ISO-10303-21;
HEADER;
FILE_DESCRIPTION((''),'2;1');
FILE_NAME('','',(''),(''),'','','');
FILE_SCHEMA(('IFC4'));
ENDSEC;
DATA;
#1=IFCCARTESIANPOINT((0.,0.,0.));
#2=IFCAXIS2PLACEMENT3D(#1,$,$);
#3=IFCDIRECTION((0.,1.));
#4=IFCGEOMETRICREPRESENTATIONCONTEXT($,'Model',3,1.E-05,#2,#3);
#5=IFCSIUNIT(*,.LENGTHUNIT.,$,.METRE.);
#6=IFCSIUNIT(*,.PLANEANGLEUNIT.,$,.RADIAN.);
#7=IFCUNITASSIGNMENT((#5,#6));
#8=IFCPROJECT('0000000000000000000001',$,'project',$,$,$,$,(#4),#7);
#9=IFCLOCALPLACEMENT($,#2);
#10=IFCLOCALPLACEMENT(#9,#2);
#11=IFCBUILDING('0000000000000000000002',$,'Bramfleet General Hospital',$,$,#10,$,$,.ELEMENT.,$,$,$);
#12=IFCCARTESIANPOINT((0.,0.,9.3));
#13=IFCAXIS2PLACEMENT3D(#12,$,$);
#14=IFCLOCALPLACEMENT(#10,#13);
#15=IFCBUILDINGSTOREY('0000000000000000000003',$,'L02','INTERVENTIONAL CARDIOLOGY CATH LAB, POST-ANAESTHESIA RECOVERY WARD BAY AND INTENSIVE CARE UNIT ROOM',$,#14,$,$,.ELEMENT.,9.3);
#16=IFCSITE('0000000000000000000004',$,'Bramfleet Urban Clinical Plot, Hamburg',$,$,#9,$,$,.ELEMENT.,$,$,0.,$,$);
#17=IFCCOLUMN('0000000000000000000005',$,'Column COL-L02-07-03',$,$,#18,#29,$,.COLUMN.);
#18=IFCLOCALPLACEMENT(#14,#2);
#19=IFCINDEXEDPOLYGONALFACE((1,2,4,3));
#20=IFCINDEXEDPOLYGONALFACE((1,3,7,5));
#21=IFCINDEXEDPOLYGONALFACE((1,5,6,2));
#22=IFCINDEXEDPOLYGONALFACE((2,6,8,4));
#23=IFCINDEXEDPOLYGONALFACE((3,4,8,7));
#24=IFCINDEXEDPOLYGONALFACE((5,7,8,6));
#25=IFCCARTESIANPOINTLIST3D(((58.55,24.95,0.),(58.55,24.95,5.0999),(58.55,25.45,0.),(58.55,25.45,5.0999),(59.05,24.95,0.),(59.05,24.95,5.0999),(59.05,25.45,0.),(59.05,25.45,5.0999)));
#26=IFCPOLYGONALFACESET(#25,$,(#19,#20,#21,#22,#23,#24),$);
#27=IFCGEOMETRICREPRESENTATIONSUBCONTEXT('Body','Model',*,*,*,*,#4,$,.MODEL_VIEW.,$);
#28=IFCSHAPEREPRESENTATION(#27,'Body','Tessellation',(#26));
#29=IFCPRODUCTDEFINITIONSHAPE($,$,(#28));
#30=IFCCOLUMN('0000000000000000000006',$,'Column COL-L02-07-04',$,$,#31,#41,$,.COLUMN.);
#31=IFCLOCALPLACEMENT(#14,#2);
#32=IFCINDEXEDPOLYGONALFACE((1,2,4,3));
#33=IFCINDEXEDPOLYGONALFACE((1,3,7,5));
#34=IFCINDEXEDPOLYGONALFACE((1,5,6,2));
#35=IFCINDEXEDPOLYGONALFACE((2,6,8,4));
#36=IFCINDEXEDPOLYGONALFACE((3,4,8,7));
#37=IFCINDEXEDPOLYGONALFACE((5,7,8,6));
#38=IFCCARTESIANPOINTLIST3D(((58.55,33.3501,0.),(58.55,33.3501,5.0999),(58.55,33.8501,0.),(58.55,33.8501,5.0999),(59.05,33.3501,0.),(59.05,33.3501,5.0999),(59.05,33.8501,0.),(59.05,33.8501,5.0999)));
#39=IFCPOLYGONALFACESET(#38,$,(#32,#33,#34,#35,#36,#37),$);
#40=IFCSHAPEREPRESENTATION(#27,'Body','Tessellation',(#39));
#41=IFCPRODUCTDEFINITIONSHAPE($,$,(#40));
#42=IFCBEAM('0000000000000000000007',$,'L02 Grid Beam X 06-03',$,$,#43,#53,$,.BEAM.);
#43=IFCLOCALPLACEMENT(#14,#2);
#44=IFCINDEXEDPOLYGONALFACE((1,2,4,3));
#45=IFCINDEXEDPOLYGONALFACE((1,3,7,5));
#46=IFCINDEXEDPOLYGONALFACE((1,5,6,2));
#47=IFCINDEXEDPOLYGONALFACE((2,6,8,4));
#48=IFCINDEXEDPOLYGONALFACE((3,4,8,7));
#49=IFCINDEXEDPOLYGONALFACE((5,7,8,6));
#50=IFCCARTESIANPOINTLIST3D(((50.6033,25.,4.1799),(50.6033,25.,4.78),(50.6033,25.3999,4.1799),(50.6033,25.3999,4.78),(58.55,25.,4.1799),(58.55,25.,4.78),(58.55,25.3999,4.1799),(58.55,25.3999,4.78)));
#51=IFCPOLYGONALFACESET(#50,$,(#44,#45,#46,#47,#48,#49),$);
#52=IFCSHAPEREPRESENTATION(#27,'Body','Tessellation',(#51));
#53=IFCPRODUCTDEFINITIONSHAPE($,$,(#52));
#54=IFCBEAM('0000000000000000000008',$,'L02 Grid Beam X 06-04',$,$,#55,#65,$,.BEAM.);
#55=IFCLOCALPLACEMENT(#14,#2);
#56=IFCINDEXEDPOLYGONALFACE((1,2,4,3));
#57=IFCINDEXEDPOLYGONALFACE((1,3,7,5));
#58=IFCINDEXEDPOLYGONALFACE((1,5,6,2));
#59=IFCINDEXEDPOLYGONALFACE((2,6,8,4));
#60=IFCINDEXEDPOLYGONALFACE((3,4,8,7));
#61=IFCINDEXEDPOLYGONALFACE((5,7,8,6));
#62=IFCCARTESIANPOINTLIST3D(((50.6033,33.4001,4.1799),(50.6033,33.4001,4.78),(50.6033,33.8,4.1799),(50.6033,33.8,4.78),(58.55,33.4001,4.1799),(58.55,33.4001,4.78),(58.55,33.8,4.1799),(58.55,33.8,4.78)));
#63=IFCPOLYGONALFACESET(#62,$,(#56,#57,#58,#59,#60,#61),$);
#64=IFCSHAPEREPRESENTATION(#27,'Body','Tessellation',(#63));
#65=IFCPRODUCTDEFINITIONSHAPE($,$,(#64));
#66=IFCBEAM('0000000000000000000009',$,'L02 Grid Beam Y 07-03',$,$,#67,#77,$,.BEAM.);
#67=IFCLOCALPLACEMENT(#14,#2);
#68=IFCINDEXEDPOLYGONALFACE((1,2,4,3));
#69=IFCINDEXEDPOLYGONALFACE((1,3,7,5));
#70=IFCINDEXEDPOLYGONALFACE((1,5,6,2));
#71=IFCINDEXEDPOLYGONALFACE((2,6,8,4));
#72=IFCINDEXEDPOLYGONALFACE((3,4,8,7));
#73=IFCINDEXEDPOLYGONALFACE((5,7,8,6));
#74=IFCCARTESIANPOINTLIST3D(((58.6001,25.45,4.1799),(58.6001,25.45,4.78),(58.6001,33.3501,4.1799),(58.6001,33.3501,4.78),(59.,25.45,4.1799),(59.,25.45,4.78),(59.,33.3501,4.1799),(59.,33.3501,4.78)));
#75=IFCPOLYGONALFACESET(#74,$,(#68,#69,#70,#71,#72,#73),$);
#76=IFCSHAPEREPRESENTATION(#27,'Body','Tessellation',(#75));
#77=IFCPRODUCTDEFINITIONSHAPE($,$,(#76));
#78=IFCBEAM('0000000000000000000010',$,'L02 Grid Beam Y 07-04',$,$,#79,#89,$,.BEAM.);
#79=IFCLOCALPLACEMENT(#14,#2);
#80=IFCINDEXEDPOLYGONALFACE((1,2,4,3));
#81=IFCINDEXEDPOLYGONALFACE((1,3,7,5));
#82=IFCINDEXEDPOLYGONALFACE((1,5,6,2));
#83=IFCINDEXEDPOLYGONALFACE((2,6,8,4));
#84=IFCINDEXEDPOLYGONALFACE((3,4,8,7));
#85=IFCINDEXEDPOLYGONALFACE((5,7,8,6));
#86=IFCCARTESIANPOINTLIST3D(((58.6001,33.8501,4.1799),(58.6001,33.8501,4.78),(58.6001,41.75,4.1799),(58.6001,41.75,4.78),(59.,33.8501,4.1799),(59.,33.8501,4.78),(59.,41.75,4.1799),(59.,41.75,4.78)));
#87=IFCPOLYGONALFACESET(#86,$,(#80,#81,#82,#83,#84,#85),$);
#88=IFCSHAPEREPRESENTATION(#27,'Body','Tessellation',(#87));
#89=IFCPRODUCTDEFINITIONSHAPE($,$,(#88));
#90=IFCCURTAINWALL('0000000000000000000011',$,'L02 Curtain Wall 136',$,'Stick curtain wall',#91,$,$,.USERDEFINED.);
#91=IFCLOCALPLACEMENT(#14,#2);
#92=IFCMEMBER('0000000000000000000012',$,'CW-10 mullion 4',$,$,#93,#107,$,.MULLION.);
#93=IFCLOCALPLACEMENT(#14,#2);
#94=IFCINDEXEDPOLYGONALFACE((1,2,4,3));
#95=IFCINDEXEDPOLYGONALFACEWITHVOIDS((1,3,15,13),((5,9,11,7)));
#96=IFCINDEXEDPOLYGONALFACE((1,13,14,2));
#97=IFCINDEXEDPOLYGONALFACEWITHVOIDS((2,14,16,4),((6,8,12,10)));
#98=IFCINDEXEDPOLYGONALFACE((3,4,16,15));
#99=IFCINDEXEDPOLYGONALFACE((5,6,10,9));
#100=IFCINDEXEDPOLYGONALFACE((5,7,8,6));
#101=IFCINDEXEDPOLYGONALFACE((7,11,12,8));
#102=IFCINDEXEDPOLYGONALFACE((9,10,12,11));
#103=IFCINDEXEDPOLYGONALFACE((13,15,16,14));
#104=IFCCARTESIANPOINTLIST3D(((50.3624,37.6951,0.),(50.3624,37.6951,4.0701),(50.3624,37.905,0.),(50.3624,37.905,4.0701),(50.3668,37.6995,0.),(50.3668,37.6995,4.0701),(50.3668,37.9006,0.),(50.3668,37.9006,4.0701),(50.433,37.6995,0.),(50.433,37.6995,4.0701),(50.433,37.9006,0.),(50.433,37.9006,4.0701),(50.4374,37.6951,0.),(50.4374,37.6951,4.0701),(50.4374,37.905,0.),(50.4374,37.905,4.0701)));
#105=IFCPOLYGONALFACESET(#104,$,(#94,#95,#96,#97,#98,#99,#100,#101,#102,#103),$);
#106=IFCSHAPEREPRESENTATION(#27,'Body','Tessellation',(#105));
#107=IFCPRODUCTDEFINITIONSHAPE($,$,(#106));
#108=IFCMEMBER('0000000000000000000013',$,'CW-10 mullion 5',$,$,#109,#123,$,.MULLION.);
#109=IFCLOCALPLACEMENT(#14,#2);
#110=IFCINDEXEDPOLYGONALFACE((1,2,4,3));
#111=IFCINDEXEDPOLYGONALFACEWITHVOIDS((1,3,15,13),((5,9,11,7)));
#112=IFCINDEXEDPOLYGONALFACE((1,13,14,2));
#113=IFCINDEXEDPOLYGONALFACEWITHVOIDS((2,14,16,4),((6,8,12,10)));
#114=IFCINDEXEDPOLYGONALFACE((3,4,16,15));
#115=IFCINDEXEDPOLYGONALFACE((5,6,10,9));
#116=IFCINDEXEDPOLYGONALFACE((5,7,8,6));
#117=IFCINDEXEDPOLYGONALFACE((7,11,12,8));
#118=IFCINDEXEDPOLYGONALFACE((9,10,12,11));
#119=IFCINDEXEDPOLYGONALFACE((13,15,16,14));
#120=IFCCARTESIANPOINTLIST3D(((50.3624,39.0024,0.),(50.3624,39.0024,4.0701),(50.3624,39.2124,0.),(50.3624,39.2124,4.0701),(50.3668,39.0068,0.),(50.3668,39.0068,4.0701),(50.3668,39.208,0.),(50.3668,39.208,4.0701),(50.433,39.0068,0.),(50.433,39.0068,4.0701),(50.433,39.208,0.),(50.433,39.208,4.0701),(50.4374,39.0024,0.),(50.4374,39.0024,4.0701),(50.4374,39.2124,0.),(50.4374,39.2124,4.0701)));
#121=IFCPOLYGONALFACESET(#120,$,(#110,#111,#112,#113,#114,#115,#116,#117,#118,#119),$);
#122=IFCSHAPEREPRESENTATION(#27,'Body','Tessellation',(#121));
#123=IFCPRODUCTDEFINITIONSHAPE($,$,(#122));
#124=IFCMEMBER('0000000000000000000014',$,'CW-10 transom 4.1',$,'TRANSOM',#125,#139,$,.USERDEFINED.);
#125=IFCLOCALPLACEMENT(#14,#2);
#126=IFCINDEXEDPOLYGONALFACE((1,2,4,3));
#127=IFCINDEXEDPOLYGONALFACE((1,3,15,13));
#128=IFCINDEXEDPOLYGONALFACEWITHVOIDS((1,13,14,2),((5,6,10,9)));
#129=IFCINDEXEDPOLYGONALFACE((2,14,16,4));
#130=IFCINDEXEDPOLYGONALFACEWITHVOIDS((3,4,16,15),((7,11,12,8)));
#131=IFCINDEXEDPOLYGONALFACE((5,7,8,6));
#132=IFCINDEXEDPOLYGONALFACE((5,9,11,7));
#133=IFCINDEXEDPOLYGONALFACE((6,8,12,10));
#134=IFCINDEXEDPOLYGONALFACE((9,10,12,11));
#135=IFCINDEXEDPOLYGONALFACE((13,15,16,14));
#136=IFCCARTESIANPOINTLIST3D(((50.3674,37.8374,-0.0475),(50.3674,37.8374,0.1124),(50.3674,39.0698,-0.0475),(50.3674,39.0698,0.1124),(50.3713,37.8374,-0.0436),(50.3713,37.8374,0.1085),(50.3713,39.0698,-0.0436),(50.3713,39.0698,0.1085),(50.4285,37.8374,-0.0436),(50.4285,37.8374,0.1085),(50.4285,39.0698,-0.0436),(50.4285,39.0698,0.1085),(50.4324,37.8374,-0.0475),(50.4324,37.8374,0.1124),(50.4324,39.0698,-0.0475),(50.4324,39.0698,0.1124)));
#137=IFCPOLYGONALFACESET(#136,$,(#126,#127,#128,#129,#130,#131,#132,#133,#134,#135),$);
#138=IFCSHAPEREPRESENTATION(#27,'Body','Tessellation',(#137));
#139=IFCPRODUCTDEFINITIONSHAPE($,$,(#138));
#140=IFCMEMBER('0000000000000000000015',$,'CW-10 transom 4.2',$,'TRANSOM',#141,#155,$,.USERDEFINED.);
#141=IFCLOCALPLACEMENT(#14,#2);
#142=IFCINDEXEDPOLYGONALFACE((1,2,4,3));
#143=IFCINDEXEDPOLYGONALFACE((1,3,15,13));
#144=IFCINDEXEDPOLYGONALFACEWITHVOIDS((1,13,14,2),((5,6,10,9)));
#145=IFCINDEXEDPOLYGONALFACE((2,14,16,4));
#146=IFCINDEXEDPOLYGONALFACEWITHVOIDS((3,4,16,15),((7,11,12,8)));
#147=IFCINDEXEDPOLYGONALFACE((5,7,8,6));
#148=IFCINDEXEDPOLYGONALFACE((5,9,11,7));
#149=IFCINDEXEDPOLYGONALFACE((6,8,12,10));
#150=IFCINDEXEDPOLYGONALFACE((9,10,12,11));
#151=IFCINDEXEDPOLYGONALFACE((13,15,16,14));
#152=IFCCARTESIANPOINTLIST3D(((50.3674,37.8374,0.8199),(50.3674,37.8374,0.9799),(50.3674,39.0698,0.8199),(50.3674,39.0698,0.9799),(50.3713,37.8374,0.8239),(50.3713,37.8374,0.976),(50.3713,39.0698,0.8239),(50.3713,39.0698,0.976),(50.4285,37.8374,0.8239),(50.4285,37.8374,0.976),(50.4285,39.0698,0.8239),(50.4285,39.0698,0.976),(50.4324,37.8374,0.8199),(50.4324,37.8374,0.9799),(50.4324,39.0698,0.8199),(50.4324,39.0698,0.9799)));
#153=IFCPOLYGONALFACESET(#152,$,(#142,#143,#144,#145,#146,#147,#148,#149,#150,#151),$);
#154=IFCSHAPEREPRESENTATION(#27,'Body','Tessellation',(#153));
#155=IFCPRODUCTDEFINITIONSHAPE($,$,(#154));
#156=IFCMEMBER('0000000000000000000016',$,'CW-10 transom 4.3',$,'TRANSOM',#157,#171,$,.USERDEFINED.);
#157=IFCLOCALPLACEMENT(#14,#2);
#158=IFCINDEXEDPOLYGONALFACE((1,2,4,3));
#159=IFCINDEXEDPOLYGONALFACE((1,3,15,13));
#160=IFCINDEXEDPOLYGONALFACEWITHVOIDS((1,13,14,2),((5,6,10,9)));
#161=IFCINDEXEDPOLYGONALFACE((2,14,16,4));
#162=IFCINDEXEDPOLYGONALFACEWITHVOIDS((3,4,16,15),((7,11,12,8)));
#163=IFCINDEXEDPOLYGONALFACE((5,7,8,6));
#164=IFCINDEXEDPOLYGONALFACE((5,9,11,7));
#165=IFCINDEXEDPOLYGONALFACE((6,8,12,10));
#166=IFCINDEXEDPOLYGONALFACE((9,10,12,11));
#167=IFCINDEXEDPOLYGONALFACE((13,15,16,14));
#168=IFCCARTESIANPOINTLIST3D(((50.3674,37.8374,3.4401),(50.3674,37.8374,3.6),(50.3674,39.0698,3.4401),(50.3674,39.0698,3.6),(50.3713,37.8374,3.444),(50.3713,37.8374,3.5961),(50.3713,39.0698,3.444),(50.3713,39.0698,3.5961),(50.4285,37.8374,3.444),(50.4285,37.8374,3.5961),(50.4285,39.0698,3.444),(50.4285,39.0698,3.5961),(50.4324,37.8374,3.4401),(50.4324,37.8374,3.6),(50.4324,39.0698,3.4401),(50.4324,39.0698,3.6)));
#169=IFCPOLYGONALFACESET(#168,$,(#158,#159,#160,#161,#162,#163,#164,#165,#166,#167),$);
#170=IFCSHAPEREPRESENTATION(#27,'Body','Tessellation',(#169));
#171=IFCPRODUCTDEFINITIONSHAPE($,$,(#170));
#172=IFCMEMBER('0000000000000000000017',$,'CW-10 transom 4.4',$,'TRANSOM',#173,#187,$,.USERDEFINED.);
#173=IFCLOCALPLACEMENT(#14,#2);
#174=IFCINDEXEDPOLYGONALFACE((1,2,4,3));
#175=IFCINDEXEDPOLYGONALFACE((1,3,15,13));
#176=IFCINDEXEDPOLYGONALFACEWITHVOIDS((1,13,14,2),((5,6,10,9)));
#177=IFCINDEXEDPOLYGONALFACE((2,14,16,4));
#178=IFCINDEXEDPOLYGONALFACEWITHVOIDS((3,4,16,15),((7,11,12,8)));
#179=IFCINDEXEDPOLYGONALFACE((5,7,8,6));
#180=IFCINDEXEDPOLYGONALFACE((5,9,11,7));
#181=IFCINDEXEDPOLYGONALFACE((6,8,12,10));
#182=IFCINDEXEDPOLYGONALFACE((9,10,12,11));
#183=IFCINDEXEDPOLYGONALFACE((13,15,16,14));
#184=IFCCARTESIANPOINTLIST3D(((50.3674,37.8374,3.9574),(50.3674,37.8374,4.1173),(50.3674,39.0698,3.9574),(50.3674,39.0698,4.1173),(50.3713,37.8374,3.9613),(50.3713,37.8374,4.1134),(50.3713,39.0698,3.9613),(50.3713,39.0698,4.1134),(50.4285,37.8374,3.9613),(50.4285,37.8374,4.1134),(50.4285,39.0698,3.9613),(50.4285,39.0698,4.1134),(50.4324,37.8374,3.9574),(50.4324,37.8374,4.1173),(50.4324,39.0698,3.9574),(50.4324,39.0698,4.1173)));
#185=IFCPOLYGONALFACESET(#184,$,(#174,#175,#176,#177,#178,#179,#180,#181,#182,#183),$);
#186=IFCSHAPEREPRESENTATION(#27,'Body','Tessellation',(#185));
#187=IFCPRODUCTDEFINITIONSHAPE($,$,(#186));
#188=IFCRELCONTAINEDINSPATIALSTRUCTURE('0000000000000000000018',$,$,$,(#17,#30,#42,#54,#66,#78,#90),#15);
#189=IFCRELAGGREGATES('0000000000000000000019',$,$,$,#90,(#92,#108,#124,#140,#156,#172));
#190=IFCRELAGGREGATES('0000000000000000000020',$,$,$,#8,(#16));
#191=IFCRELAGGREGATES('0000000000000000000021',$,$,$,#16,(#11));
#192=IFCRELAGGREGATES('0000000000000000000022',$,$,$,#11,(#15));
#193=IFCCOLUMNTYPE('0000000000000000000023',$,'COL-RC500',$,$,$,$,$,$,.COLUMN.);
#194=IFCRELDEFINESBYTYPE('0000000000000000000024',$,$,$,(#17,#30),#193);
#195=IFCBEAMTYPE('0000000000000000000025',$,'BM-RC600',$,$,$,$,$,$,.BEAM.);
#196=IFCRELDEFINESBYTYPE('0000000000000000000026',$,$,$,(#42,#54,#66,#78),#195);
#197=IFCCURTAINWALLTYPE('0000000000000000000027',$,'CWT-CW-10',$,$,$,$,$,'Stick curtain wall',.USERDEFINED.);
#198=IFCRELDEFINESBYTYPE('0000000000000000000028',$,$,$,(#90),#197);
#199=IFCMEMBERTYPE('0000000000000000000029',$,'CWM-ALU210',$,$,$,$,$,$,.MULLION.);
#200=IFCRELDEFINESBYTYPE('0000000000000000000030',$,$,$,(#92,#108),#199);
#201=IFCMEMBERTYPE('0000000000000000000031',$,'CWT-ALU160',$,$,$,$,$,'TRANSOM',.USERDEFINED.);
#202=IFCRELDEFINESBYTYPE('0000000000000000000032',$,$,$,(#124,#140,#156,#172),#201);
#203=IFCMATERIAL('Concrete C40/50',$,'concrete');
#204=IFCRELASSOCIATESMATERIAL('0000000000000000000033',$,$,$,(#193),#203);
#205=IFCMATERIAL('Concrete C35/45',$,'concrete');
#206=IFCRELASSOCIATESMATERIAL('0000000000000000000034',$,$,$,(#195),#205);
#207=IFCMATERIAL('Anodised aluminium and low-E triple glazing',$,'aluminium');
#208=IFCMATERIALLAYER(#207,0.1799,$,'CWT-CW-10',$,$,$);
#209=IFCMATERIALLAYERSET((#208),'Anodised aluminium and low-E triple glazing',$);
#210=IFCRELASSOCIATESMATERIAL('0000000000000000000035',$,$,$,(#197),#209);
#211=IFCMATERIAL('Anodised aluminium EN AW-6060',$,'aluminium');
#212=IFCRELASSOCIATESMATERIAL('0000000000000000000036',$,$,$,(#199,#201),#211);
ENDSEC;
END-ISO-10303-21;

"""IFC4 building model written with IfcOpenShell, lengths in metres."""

from ifc_helpers import new_model, si_unit, direction, frame, origin, origin_2d, place, context, subcontext, project, spatial, rectangle, hollow_rectangle, extrude, material, layer, layer_set, material_profile, profile_set, type_object, element, aggregate, save


model = new_model("IFC4")

# Units and contexts
model_context = context("Model", 3, precision=1e-05, world=origin(), true_north=direction((0.0, 1.0)))
body_context = subcontext(model_context, "Body", "Model", "MODEL_VIEW")
ifc_project = project(units=[si_unit("LENGTHUNIT", "METRE"), si_unit("PLANEANGLEUNIT", "RADIAN")], contexts=[model_context])

# Site, building, storey
site_placement = place(None, origin())
site = spatial("IfcSite", under=ifc_project, at=site_placement, Name="Bramfleet Urban Clinical Plot, Hamburg", CompositionType="ELEMENT", RefElevation=0.0)
building_placement = place(site_placement, origin())
building = spatial("IfcBuilding", under=site, at=building_placement, Name="Bramfleet General Hospital", CompositionType="ELEMENT")
storey_placement = place(building_placement, frame((0.0, 0.0, 9.3)))
storey = spatial("IfcBuildingStorey", under=building, at=storey_placement, Name="L02", Description="INTERVENTIONAL CARDIOLOGY CATH LAB, POST-ANAESTHESIA RECOVERY WARD BAY AND INTENSIVE CARE UNIT ROOM", CompositionType="ELEMENT", Elevation=9.3)

# Columns
ifc_material_1 = material(Name="Concrete C40/50", Category="concrete")
ifc_material_profile_1 = material_profile(ifc_material_1, rectangle(XDim=0.5, YDim=0.5, at=origin_2d()), Name="RC COL 500x500")
ifc_profile_set_1 = profile_set([ifc_material_profile_1], Name="Concrete C40/50")
column_type = type_object("IfcColumnType", Name="COL-RC500", PredefinedType="COLUMN", material=ifc_profile_set_1)
for number, where, z_axis, x_axis, name in (
    (1, (58.8, 25.2, 0.0), (0.0, 0.0, 1.0), (1.0, 0.0, 0.0), "Column COL-L02-07-03"),
    (2, (58.8, 33.6001, 0.0), (0.0, 0.0, 1.0), (1.0, 0.0, 0.0), "Column COL-L02-07-04"),
):
    element("IfcColumn", number, at=place(storey_placement, frame(where, z_axis=z_axis, x_axis=x_axis)), inside=storey, type_object=column_type, Name=name, PredefinedType="COLUMN", context=body_context, shape_type="SweptSolid", body=[
        extrude(rectangle(XDim=0.5, YDim=0.5, at=origin_2d()), origin(), (0.0, 0.0, 1.0), 5.0999),
    ])

# Beams
ifc_material_2 = material(Name="Concrete C35/45", Category="concrete")
ifc_material_profile_2 = material_profile(ifc_material_2, rectangle(XDim=0.3999, YDim=0.6001, at=origin_2d()), Name="RC BM 600x400")
ifc_profile_set_2 = profile_set([ifc_material_profile_2], Name="Concrete C35/45")
beam_type = type_object("IfcBeamType", Name="BM-RC600", PredefinedType="BEAM", material=ifc_profile_set_2)
for number, where, z_axis, x_axis, name in (
    (3, (50.6033, 25.2, 4.48), (1.0, 0.0, 0.0), (0.0, 1.0, 0.0), "L02 Grid Beam X 06-03"),
    (4, (50.6033, 33.6001, 4.48), (1.0, 0.0, 0.0), (0.0, 1.0, 0.0), "L02 Grid Beam X 06-04"),
):
    element("IfcBeam", number, at=place(storey_placement, frame(where, z_axis=z_axis, x_axis=x_axis)), inside=storey, type_object=beam_type, Name=name, PredefinedType="BEAM", context=body_context, shape_type="SweptSolid", body=[
        extrude(rectangle(XDim=0.3999, YDim=0.6001, at=origin_2d()), origin(), (0.0, 0.0, 1.0), 7.9468),
    ])
beam_1_placement = place(storey_placement, frame((58.8, 25.45, 4.48), z_axis=(0.0, 1.0, 0.0), x_axis=(-1.0, 0.0, 0.0)))
element("IfcBeam", 5, at=beam_1_placement, inside=storey, type_object=beam_type, Name="L02 Grid Beam Y 07-03", PredefinedType="BEAM", context=body_context, shape_type="SweptSolid", body=[
    extrude(rectangle(XDim=0.3999, YDim=0.6001, at=origin_2d()), origin(), (0.0, 0.0, 1.0), 7.9001),
])
beam_2_placement = place(storey_placement, frame((58.8, 33.8501, 4.48), z_axis=(0.0, 1.0, 0.0), x_axis=(-1.0, 0.0, 0.0)))
element("IfcBeam", 6, at=beam_2_placement, inside=storey, type_object=beam_type, Name="L02 Grid Beam Y 07-04", PredefinedType="BEAM", context=body_context, shape_type="SweptSolid", body=[
    extrude(rectangle(XDim=0.3999, YDim=0.6001, at=origin_2d()), origin(), (0.0, 0.0, 1.0), 7.8999),
])

# Curtain wall, members
ifc_material_3 = material(Name="Anodised aluminium and low-E triple glazing", Category="aluminium")
ifc_layer_1 = layer(ifc_material_3, 0.1799, Name="CWT-CW-10")
ifc_layer_set_1 = layer_set([ifc_layer_1], Name="Anodised aluminium and low-E triple glazing")
curtain_wall_type = type_object("IfcCurtainWallType", Name="CWT-CW-10", ElementType="Stick curtain wall", PredefinedType="USERDEFINED", material=ifc_layer_set_1)
curtain_wall_placement = place(storey_placement, origin())
curtain_wall = element("IfcCurtainWall", 7, at=curtain_wall_placement, inside=storey, type_object=curtain_wall_type, Name="L02 Curtain Wall 136", ObjectType="Stick curtain wall", PredefinedType="USERDEFINED")
ifc_material_4 = material(Name="Anodised aluminium EN AW-6060", Category="aluminium")
ifc_material_profile_3 = material_profile(ifc_material_4, hollow_rectangle(XDim=0.075, YDim=0.21, WallThickness=0.0044, at=origin_2d()), Name="ALU 210x75x4.5")
ifc_profile_set_3 = profile_set([ifc_material_profile_3], Name="Anodised aluminium EN AW-6060")
member_type_1 = type_object("IfcMemberType", Name="CWM-ALU210", PredefinedType="MULLION", material=ifc_profile_set_3)
member_1_placement = place(storey_placement, frame((50.3999, 37.8, 0.0), z_axis=(0.0, 0.0, 1.0), x_axis=(-1.0, 0.0, 0.0)))
member_1 = element("IfcMember", 8, at=member_1_placement, type_object=member_type_1, Name="CW-10 mullion 4", PredefinedType="MULLION", context=body_context, shape_type="SweptSolid", body=[
    extrude(hollow_rectangle(XDim=0.075, YDim=0.21, WallThickness=0.0044, at=origin_2d()), origin(), (0.0, 0.0, 1.0), 4.0701),
])
member_2_placement = place(storey_placement, frame((50.3999, 39.1074, 0.0), z_axis=(0.0, 0.0, 1.0), x_axis=(-1.0, 0.0, 0.0)))
member_2 = element("IfcMember", 9, at=member_2_placement, type_object=member_type_1, Name="CW-10 mullion 5", PredefinedType="MULLION", context=body_context, shape_type="SweptSolid", body=[
    extrude(hollow_rectangle(XDim=0.075, YDim=0.21, WallThickness=0.0044, at=origin_2d()), origin(), (0.0, 0.0, 1.0), 4.0701),
])
ifc_material_profile_4 = material_profile(ifc_material_4, hollow_rectangle(XDim=0.0649, YDim=0.1599, WallThickness=0.0039, at=origin_2d()), Name="ALU 160x65x4.0")
ifc_profile_set_4 = profile_set([ifc_material_profile_4], Name="Anodised aluminium EN AW-6060")
member_type_2 = type_object("IfcMemberType", Name="CWT-ALU160", ElementType="TRANSOM", PredefinedType="USERDEFINED", material=ifc_profile_set_4)
member_3_placement = place(storey_placement, frame((50.3999, 37.8374, 0.0325), z_axis=(0.0, 1.0, 0.0), x_axis=(-1.0, 0.0, 0.0)))
member_3 = element("IfcMember", 10, at=member_3_placement, type_object=member_type_2, Name="CW-10 transom 4.1", ObjectType="TRANSOM", PredefinedType="USERDEFINED", context=body_context, shape_type="SweptSolid", body=[
    extrude(hollow_rectangle(XDim=0.0649, YDim=0.1599, WallThickness=0.0039, at=origin_2d()), origin(), (0.0, 0.0, 1.0), 1.2324),
])
member_4_placement = place(storey_placement, frame((50.3999, 37.8374, 0.8999), z_axis=(0.0, 1.0, 0.0), x_axis=(-1.0, 0.0, 0.0)))
member_4 = element("IfcMember", 11, at=member_4_placement, type_object=member_type_2, Name="CW-10 transom 4.2", ObjectType="TRANSOM", PredefinedType="USERDEFINED", context=body_context, shape_type="SweptSolid", body=[
    extrude(hollow_rectangle(XDim=0.0649, YDim=0.1599, WallThickness=0.0039, at=origin_2d()), origin(), (0.0, 0.0, 1.0), 1.2324),
])
member_5_placement = place(storey_placement, frame((50.3999, 37.8374, 3.52), z_axis=(0.0, 1.0, 0.0), x_axis=(-1.0, 0.0, 0.0)))
member_5 = element("IfcMember", 12, at=member_5_placement, type_object=member_type_2, Name="CW-10 transom 4.3", ObjectType="TRANSOM", PredefinedType="USERDEFINED", context=body_context, shape_type="SweptSolid", body=[
    extrude(hollow_rectangle(XDim=0.0649, YDim=0.1599, WallThickness=0.0039, at=origin_2d()), origin(), (0.0, 0.0, 1.0), 1.2324),
])
member_6_placement = place(storey_placement, frame((50.3999, 37.8374, 4.0374), z_axis=(0.0, 1.0, 0.0), x_axis=(-1.0, 0.0, 0.0)))
member_6 = element("IfcMember", 13, at=member_6_placement, type_object=member_type_2, Name="CW-10 transom 4.4", ObjectType="TRANSOM", PredefinedType="USERDEFINED", context=body_context, shape_type="SweptSolid", body=[
    extrude(hollow_rectangle(XDim=0.0649, YDim=0.1599, WallThickness=0.0039, at=origin_2d()), origin(), (0.0, 0.0, 1.0), 1.2324),
])
aggregate(curtain_wall, [member_1, member_2, member_3, member_4, member_5, member_6])

save(model, "model.ifc")
